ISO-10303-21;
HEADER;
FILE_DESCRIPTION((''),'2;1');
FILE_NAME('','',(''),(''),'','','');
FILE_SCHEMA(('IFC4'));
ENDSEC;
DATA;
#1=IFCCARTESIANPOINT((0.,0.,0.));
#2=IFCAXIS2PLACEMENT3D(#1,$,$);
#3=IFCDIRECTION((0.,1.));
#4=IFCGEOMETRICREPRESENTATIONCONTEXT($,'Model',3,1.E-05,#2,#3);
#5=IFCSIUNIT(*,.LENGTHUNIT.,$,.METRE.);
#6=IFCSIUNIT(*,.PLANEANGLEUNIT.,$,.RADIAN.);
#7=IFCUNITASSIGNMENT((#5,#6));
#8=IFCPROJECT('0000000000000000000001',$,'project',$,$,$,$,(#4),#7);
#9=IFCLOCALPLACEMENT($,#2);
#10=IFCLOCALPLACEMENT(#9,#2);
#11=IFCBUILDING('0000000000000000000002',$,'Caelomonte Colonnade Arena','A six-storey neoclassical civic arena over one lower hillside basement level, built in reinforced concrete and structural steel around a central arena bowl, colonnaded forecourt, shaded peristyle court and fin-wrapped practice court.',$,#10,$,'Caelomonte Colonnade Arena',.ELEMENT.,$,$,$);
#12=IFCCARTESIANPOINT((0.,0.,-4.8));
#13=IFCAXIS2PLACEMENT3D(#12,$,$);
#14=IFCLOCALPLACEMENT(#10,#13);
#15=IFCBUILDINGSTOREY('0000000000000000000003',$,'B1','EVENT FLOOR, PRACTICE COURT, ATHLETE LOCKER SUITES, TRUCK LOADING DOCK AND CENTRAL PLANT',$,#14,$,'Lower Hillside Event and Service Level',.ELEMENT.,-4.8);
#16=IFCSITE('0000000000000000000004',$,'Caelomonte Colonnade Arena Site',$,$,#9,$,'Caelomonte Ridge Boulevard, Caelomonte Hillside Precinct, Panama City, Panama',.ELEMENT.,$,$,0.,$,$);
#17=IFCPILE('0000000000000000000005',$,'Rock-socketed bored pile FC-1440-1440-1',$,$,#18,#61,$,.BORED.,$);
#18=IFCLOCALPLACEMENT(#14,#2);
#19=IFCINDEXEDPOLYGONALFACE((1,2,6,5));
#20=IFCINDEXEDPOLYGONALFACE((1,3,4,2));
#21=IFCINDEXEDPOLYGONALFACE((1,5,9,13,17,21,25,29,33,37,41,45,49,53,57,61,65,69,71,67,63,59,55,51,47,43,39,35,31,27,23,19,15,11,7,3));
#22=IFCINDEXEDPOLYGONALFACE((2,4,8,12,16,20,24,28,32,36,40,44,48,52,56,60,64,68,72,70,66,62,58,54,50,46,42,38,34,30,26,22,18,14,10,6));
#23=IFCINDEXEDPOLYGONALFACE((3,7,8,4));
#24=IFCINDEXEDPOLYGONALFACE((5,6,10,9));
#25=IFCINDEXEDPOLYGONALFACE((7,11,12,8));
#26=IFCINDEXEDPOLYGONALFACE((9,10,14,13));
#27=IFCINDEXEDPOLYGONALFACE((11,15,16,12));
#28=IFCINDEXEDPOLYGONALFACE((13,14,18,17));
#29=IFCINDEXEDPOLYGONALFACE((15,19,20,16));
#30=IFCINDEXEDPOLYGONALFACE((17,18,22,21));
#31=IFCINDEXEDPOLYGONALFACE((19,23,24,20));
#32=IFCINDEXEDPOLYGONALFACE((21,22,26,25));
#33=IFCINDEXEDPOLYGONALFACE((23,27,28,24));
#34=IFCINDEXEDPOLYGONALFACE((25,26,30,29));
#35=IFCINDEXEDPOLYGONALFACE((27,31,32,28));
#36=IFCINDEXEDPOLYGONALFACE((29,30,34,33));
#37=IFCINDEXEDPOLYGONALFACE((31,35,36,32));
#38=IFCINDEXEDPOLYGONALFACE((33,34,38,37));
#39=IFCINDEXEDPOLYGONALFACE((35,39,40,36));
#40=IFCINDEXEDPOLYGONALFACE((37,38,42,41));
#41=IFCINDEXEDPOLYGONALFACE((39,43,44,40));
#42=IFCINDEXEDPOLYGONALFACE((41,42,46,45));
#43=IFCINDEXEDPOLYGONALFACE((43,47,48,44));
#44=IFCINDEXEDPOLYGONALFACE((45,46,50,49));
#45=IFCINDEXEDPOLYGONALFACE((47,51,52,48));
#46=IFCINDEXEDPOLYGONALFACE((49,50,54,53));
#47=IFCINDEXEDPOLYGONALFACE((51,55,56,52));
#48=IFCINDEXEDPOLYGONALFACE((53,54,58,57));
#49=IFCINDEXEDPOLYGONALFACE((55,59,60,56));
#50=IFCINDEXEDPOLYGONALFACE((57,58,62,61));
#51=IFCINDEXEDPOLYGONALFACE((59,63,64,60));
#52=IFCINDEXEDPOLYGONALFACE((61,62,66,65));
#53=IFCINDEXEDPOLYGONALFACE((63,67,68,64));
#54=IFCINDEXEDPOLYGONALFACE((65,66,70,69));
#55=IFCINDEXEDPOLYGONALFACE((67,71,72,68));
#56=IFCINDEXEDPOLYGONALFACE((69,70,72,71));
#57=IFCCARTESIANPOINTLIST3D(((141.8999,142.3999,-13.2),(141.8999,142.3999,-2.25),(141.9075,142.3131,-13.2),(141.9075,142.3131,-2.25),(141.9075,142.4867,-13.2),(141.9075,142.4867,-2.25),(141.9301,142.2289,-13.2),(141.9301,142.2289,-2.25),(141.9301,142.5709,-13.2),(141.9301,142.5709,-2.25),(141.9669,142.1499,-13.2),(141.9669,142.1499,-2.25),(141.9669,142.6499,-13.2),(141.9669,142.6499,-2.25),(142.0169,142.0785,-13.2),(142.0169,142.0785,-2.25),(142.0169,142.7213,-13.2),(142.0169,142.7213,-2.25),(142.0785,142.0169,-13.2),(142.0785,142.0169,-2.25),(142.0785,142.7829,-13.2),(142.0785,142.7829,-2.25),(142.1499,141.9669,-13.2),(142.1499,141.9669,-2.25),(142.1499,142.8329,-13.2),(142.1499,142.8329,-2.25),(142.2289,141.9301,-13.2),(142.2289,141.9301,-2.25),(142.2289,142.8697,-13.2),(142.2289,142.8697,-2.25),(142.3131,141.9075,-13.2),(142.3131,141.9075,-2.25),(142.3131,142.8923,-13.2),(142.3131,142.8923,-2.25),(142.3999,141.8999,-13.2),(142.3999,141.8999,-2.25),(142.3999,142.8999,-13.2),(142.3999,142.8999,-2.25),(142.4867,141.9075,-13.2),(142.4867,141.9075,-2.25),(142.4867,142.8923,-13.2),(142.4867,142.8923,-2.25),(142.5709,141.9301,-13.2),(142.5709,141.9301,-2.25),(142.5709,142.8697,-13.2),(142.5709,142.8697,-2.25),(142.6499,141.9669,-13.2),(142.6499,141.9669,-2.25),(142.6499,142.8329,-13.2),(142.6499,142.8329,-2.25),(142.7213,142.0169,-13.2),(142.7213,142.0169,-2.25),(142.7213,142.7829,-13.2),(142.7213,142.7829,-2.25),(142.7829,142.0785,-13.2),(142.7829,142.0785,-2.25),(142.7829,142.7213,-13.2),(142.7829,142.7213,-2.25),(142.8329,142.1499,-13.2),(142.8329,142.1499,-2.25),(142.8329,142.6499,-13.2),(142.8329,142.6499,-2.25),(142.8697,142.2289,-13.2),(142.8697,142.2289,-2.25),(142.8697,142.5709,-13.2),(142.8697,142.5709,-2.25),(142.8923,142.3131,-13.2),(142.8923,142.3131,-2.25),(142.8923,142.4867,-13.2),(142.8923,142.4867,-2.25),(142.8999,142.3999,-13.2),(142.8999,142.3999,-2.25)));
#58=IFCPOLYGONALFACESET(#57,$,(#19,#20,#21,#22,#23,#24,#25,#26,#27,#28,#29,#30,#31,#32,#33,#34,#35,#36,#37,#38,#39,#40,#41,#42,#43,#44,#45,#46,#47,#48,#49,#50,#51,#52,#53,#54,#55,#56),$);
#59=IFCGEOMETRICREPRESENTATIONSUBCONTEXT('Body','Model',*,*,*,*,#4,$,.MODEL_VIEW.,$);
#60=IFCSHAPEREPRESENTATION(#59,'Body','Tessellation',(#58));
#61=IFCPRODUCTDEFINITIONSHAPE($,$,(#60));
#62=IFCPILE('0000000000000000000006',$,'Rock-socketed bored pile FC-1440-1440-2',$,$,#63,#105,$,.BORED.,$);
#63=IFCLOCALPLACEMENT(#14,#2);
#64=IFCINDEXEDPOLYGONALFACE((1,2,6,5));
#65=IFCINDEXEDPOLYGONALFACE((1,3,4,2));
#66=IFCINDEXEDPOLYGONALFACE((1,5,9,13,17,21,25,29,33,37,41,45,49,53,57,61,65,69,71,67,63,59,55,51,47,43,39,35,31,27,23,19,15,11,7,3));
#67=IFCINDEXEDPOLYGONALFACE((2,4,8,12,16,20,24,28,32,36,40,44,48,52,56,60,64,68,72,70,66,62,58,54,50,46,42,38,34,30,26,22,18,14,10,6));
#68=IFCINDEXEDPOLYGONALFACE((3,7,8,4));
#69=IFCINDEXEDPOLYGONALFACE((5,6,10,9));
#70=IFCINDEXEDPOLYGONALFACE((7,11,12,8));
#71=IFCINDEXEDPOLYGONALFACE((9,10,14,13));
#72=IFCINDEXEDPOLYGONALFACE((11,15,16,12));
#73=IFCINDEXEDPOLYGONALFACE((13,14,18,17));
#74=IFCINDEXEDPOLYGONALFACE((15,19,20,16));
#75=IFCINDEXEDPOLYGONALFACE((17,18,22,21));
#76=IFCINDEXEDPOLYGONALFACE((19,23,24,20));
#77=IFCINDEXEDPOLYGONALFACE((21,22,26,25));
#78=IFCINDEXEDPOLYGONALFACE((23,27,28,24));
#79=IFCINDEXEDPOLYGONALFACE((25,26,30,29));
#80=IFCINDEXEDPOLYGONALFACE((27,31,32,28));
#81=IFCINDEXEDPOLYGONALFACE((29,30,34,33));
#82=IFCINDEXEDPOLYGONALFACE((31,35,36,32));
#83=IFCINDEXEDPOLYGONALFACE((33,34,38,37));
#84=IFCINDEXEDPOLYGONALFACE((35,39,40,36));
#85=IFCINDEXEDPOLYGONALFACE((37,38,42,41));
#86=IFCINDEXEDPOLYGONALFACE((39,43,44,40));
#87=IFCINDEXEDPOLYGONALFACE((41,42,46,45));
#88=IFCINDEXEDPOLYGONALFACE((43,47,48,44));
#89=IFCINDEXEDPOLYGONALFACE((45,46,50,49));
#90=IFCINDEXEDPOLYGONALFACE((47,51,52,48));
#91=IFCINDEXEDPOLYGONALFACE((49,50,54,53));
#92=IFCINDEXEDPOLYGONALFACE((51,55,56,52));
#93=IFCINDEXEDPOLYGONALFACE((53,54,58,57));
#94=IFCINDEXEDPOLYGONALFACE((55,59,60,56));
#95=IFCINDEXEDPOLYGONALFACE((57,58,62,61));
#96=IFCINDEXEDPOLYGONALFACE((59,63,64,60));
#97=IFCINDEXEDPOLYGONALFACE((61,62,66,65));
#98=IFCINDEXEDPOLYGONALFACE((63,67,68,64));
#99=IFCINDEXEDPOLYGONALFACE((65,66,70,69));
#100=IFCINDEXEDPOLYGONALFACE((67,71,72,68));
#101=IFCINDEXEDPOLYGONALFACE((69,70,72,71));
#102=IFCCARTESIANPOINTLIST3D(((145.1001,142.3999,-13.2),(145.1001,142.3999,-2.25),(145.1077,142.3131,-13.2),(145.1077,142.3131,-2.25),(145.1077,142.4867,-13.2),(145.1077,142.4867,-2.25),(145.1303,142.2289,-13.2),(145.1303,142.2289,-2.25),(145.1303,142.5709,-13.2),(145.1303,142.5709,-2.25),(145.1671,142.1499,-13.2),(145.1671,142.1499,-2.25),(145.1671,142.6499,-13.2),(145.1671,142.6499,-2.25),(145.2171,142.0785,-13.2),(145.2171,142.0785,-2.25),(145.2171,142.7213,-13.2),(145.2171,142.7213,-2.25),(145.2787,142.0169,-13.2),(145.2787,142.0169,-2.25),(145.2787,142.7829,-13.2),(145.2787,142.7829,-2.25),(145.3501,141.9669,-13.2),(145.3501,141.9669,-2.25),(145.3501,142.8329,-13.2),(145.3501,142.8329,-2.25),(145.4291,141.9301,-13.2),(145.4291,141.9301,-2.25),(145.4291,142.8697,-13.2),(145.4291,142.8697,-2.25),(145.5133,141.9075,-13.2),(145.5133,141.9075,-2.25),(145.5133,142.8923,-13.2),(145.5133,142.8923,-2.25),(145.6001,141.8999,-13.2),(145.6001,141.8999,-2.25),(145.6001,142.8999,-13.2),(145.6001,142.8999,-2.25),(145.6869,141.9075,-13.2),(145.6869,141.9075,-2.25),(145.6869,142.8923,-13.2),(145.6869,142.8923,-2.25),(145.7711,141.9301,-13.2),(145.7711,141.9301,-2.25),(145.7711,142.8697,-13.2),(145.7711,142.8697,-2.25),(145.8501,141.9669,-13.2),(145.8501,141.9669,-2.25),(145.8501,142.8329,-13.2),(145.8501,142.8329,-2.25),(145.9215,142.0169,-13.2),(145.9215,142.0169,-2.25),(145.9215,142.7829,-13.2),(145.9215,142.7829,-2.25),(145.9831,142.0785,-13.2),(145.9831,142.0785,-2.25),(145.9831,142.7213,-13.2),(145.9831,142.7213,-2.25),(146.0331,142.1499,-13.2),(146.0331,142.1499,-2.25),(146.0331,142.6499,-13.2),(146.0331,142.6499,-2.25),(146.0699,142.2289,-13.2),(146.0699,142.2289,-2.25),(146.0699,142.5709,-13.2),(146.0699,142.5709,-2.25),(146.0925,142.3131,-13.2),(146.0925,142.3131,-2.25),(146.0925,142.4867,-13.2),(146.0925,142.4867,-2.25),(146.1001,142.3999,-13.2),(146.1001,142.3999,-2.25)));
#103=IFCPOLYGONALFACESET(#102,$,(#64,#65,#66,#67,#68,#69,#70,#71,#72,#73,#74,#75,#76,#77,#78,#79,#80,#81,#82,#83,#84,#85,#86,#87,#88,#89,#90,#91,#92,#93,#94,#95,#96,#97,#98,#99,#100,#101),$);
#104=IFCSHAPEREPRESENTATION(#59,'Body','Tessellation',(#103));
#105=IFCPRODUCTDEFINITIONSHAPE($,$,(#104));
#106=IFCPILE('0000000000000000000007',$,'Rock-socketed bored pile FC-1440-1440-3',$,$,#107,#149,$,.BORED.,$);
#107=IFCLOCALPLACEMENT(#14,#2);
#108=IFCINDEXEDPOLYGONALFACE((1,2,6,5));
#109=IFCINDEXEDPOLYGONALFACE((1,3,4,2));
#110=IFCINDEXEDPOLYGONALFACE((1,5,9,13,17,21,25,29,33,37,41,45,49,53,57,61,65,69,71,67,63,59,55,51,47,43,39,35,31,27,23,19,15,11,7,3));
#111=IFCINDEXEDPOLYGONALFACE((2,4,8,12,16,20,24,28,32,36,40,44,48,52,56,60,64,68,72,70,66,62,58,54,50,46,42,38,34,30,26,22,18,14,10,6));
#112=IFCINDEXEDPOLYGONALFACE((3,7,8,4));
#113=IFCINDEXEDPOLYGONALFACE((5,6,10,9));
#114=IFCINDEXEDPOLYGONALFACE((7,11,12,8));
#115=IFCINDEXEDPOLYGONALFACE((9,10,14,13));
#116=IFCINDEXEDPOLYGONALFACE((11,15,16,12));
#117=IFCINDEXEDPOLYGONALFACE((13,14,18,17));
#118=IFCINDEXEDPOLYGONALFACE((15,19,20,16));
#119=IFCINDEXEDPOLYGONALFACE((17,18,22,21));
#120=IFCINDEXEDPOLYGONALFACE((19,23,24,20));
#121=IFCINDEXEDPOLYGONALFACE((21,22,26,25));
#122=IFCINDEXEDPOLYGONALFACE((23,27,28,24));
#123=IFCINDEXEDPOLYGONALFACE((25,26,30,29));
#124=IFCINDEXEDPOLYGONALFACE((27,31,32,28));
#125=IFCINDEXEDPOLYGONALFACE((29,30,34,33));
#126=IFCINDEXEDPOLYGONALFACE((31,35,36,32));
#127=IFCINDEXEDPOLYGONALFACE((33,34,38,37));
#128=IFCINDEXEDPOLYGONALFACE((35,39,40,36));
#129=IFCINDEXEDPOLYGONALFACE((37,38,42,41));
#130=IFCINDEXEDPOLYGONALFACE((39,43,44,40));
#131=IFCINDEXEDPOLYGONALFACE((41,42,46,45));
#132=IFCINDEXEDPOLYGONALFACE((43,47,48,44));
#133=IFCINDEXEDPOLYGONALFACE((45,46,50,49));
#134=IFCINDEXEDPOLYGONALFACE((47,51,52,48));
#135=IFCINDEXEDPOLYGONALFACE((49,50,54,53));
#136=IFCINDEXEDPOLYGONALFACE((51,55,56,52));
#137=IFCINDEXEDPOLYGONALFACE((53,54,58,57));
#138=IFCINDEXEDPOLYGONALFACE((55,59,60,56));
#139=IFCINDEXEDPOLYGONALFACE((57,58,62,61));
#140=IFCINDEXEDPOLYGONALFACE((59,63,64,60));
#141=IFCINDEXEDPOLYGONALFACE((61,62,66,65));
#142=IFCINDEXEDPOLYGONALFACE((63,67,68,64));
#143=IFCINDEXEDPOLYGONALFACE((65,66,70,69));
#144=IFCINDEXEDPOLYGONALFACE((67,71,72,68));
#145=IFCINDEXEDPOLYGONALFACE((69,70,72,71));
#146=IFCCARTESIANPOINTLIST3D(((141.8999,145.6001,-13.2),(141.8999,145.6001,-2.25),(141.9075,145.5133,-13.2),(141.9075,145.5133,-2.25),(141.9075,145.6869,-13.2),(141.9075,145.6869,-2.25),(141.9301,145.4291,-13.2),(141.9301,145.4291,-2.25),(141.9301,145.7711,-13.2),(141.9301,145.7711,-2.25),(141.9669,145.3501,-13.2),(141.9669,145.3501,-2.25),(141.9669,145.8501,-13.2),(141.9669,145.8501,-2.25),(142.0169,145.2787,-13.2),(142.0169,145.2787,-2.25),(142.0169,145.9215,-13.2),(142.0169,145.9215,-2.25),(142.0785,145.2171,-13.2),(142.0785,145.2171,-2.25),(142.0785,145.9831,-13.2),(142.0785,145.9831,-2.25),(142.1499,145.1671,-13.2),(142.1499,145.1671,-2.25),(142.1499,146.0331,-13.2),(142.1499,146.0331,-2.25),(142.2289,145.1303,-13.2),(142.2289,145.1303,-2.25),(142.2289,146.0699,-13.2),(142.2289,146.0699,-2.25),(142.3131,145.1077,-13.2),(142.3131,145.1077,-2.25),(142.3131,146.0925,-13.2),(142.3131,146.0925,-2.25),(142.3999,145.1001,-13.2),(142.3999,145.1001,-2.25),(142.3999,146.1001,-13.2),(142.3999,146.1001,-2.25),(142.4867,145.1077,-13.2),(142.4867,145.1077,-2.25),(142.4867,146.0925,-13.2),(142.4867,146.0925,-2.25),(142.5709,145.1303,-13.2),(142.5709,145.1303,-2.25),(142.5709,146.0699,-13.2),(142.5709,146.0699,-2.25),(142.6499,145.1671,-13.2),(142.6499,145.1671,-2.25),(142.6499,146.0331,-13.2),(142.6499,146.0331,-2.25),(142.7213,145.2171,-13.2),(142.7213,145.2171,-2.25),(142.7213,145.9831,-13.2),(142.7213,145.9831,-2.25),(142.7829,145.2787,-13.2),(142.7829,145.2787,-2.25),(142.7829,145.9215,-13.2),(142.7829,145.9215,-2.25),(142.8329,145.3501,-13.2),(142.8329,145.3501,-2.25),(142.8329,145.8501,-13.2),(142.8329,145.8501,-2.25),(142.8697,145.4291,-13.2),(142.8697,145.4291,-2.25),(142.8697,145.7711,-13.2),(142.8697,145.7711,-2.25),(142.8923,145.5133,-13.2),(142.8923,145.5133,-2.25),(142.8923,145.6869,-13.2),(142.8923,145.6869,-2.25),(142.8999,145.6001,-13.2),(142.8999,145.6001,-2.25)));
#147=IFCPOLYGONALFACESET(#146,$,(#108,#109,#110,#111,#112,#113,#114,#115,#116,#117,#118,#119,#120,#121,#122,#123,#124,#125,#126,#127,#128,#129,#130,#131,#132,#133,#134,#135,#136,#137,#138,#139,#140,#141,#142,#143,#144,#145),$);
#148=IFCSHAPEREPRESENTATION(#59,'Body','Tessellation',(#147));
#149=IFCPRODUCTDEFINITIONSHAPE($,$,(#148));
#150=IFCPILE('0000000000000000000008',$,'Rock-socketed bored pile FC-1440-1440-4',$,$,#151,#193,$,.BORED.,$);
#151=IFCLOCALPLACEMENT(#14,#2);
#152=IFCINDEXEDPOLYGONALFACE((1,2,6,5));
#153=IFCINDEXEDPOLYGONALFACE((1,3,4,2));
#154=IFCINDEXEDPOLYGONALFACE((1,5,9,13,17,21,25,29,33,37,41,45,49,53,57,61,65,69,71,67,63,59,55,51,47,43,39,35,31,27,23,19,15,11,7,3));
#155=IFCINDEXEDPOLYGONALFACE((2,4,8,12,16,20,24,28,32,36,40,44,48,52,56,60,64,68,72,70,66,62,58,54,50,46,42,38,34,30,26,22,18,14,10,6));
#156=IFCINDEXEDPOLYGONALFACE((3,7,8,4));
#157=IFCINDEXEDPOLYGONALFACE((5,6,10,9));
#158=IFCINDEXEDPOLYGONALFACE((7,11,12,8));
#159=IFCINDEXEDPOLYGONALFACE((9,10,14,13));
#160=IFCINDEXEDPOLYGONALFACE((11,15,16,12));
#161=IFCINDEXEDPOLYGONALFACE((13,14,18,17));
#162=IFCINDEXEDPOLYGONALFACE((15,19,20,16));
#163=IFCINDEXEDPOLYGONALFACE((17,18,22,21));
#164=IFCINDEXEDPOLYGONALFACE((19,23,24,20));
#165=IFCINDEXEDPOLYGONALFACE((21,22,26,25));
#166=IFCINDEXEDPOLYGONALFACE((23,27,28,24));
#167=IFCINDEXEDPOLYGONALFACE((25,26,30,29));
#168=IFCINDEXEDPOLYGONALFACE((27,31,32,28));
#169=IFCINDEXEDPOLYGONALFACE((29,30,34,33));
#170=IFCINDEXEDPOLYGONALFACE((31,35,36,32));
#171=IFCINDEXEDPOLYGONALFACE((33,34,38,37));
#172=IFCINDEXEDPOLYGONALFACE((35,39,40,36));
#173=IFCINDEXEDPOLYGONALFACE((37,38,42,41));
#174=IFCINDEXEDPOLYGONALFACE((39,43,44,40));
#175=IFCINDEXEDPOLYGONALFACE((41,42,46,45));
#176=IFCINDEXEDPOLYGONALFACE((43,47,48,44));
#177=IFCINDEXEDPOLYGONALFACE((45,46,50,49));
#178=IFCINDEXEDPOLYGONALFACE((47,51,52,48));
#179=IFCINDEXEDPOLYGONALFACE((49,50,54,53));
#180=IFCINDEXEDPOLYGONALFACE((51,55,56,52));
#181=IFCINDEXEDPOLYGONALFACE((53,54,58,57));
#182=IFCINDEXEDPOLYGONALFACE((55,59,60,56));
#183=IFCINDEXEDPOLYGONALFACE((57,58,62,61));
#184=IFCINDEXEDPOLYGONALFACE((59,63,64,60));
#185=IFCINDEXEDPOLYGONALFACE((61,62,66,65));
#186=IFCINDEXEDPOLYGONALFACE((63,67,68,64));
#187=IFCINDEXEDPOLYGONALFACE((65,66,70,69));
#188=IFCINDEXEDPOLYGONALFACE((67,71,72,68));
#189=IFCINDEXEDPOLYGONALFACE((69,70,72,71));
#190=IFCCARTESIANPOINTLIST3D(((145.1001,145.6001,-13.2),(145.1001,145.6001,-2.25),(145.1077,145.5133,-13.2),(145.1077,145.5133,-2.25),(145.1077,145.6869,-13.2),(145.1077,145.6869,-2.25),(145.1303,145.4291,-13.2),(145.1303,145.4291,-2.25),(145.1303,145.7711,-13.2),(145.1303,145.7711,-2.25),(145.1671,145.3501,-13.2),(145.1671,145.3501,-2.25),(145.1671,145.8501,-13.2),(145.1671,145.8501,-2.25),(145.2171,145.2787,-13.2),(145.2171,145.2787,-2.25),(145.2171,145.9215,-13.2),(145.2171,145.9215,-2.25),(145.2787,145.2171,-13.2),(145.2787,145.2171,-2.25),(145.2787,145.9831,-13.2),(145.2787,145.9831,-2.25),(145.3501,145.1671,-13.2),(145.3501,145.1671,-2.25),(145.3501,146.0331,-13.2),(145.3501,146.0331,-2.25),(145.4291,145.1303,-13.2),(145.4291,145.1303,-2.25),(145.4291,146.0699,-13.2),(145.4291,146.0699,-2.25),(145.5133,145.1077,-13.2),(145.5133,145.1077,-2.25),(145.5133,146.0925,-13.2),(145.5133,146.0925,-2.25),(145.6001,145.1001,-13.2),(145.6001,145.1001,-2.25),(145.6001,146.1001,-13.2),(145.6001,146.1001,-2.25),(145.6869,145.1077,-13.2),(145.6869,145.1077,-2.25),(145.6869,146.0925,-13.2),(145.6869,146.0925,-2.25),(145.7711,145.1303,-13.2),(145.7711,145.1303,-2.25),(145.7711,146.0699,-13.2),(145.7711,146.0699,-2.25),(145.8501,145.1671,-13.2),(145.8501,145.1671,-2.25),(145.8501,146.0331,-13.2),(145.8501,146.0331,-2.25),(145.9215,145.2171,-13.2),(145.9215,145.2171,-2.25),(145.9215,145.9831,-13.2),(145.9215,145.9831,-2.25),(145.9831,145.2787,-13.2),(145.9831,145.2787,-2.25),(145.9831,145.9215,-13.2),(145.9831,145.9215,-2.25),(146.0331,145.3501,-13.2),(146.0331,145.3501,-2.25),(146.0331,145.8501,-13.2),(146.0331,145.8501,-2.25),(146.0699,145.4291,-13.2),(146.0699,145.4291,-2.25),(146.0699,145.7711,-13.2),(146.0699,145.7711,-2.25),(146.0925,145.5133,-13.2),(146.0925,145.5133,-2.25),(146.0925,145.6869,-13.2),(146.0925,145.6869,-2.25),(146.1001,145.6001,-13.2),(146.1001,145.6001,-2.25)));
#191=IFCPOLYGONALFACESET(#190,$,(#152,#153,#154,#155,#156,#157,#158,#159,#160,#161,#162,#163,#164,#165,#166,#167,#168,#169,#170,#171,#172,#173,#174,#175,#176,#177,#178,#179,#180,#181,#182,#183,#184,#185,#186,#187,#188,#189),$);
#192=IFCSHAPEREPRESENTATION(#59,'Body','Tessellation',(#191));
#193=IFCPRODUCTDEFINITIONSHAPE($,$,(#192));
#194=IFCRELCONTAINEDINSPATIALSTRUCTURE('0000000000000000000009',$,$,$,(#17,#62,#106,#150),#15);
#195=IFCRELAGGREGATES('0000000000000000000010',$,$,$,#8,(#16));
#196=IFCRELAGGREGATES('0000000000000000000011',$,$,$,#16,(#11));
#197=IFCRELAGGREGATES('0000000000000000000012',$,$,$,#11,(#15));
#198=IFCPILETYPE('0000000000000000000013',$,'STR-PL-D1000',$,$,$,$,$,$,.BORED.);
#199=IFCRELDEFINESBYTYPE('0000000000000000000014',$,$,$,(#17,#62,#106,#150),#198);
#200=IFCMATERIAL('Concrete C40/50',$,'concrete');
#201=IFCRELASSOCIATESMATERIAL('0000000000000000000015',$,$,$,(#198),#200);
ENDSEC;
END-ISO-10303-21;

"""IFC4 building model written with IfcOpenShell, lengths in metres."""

from ifc_helpers import new_model, si_unit, direction, frame, origin, origin_2d, place, context, subcontext, project, spatial, circle, extrude, material, material_profile, profile_set, type_object, element, save


model = new_model("IFC4")

# Units and contexts
model_context = context("Model", 3, precision=1e-05, world=origin(), true_north=direction((0.0, 1.0)))
body_context = subcontext(model_context, "Body", "Model", "MODEL_VIEW")
ifc_project = project(units=[si_unit("LENGTHUNIT", "METRE"), si_unit("PLANEANGLEUNIT", "RADIAN")], contexts=[model_context])

# Site, building, storey
site_placement = place(None, origin())
site = spatial("IfcSite", under=ifc_project, at=site_placement, Name="Caelomonte Colonnade Arena Site", LongName="Caelomonte Ridge Boulevard, Caelomonte Hillside Precinct, Panama City, Panama", CompositionType="ELEMENT", RefElevation=0.0)
building_placement = place(site_placement, origin())
building = spatial("IfcBuilding", under=site, at=building_placement, Name="Caelomonte Colonnade Arena", Description="A six-storey neoclassical civic arena over one lower hillside basement level, built in reinforced concrete and structural steel around a central arena bowl, colonnaded forecourt, shaded peristyle court and fin-wrapped practice court.", LongName="Caelomonte Colonnade Arena", CompositionType="ELEMENT")
storey_placement = place(building_placement, frame((0.0, 0.0, -4.8)))
storey = spatial("IfcBuildingStorey", under=building, at=storey_placement, Name="B1", Description="EVENT FLOOR, PRACTICE COURT, ATHLETE LOCKER SUITES, TRUCK LOADING DOCK AND CENTRAL PLANT", LongName="Lower Hillside Event and Service Level", CompositionType="ELEMENT", Elevation=-4.8)

# Shared definitions
ifc_material_1 = material(Name="Concrete C40/50", Category="concrete")

# Piles
ifc_material_profile_1 = material_profile(ifc_material_1, circle(Radius=0.5, at=origin_2d()), Name="PILE-D1000")
ifc_profile_set_1 = profile_set([ifc_material_profile_1], Name="Concrete C40/50")
pile_type_1 = type_object("IfcPileType", Name="STR-PL-D1000", PredefinedType="BORED", material=ifc_profile_set_1)
for number, where, z_axis, x_axis, name in (
    (1, (142.3999, 142.3999, -2.25), (0.0, 0.0, -1.0), (1.0, 0.0, 0.0), "Rock-socketed bored pile FC-1440-1440-1"),
    (2, (145.6001, 142.3999, -2.25), (0.0, 0.0, -1.0), (1.0, 0.0, 0.0), "Rock-socketed bored pile FC-1440-1440-2"),
    (3, (142.3999, 145.6001, -2.25), (0.0, 0.0, -1.0), (1.0, 0.0, 0.0), "Rock-socketed bored pile FC-1440-1440-3"),
    (4, (145.6001, 145.6001, -2.25), (0.0, 0.0, -1.0), (1.0, 0.0, 0.0), "Rock-socketed bored pile FC-1440-1440-4"),
):
    element("IfcPile", number, at=place(storey_placement, frame(where, z_axis=z_axis, x_axis=x_axis)), inside=storey, type_object=pile_type_1, Name=name, PredefinedType="BORED", context=body_context, shape_type="SweptSolid", body=[
        extrude(circle(Radius=0.5, at=origin_2d()), origin(), (0.0, 0.0, 1.0), 10.95),
    ])

save(model, "model.ifc")
